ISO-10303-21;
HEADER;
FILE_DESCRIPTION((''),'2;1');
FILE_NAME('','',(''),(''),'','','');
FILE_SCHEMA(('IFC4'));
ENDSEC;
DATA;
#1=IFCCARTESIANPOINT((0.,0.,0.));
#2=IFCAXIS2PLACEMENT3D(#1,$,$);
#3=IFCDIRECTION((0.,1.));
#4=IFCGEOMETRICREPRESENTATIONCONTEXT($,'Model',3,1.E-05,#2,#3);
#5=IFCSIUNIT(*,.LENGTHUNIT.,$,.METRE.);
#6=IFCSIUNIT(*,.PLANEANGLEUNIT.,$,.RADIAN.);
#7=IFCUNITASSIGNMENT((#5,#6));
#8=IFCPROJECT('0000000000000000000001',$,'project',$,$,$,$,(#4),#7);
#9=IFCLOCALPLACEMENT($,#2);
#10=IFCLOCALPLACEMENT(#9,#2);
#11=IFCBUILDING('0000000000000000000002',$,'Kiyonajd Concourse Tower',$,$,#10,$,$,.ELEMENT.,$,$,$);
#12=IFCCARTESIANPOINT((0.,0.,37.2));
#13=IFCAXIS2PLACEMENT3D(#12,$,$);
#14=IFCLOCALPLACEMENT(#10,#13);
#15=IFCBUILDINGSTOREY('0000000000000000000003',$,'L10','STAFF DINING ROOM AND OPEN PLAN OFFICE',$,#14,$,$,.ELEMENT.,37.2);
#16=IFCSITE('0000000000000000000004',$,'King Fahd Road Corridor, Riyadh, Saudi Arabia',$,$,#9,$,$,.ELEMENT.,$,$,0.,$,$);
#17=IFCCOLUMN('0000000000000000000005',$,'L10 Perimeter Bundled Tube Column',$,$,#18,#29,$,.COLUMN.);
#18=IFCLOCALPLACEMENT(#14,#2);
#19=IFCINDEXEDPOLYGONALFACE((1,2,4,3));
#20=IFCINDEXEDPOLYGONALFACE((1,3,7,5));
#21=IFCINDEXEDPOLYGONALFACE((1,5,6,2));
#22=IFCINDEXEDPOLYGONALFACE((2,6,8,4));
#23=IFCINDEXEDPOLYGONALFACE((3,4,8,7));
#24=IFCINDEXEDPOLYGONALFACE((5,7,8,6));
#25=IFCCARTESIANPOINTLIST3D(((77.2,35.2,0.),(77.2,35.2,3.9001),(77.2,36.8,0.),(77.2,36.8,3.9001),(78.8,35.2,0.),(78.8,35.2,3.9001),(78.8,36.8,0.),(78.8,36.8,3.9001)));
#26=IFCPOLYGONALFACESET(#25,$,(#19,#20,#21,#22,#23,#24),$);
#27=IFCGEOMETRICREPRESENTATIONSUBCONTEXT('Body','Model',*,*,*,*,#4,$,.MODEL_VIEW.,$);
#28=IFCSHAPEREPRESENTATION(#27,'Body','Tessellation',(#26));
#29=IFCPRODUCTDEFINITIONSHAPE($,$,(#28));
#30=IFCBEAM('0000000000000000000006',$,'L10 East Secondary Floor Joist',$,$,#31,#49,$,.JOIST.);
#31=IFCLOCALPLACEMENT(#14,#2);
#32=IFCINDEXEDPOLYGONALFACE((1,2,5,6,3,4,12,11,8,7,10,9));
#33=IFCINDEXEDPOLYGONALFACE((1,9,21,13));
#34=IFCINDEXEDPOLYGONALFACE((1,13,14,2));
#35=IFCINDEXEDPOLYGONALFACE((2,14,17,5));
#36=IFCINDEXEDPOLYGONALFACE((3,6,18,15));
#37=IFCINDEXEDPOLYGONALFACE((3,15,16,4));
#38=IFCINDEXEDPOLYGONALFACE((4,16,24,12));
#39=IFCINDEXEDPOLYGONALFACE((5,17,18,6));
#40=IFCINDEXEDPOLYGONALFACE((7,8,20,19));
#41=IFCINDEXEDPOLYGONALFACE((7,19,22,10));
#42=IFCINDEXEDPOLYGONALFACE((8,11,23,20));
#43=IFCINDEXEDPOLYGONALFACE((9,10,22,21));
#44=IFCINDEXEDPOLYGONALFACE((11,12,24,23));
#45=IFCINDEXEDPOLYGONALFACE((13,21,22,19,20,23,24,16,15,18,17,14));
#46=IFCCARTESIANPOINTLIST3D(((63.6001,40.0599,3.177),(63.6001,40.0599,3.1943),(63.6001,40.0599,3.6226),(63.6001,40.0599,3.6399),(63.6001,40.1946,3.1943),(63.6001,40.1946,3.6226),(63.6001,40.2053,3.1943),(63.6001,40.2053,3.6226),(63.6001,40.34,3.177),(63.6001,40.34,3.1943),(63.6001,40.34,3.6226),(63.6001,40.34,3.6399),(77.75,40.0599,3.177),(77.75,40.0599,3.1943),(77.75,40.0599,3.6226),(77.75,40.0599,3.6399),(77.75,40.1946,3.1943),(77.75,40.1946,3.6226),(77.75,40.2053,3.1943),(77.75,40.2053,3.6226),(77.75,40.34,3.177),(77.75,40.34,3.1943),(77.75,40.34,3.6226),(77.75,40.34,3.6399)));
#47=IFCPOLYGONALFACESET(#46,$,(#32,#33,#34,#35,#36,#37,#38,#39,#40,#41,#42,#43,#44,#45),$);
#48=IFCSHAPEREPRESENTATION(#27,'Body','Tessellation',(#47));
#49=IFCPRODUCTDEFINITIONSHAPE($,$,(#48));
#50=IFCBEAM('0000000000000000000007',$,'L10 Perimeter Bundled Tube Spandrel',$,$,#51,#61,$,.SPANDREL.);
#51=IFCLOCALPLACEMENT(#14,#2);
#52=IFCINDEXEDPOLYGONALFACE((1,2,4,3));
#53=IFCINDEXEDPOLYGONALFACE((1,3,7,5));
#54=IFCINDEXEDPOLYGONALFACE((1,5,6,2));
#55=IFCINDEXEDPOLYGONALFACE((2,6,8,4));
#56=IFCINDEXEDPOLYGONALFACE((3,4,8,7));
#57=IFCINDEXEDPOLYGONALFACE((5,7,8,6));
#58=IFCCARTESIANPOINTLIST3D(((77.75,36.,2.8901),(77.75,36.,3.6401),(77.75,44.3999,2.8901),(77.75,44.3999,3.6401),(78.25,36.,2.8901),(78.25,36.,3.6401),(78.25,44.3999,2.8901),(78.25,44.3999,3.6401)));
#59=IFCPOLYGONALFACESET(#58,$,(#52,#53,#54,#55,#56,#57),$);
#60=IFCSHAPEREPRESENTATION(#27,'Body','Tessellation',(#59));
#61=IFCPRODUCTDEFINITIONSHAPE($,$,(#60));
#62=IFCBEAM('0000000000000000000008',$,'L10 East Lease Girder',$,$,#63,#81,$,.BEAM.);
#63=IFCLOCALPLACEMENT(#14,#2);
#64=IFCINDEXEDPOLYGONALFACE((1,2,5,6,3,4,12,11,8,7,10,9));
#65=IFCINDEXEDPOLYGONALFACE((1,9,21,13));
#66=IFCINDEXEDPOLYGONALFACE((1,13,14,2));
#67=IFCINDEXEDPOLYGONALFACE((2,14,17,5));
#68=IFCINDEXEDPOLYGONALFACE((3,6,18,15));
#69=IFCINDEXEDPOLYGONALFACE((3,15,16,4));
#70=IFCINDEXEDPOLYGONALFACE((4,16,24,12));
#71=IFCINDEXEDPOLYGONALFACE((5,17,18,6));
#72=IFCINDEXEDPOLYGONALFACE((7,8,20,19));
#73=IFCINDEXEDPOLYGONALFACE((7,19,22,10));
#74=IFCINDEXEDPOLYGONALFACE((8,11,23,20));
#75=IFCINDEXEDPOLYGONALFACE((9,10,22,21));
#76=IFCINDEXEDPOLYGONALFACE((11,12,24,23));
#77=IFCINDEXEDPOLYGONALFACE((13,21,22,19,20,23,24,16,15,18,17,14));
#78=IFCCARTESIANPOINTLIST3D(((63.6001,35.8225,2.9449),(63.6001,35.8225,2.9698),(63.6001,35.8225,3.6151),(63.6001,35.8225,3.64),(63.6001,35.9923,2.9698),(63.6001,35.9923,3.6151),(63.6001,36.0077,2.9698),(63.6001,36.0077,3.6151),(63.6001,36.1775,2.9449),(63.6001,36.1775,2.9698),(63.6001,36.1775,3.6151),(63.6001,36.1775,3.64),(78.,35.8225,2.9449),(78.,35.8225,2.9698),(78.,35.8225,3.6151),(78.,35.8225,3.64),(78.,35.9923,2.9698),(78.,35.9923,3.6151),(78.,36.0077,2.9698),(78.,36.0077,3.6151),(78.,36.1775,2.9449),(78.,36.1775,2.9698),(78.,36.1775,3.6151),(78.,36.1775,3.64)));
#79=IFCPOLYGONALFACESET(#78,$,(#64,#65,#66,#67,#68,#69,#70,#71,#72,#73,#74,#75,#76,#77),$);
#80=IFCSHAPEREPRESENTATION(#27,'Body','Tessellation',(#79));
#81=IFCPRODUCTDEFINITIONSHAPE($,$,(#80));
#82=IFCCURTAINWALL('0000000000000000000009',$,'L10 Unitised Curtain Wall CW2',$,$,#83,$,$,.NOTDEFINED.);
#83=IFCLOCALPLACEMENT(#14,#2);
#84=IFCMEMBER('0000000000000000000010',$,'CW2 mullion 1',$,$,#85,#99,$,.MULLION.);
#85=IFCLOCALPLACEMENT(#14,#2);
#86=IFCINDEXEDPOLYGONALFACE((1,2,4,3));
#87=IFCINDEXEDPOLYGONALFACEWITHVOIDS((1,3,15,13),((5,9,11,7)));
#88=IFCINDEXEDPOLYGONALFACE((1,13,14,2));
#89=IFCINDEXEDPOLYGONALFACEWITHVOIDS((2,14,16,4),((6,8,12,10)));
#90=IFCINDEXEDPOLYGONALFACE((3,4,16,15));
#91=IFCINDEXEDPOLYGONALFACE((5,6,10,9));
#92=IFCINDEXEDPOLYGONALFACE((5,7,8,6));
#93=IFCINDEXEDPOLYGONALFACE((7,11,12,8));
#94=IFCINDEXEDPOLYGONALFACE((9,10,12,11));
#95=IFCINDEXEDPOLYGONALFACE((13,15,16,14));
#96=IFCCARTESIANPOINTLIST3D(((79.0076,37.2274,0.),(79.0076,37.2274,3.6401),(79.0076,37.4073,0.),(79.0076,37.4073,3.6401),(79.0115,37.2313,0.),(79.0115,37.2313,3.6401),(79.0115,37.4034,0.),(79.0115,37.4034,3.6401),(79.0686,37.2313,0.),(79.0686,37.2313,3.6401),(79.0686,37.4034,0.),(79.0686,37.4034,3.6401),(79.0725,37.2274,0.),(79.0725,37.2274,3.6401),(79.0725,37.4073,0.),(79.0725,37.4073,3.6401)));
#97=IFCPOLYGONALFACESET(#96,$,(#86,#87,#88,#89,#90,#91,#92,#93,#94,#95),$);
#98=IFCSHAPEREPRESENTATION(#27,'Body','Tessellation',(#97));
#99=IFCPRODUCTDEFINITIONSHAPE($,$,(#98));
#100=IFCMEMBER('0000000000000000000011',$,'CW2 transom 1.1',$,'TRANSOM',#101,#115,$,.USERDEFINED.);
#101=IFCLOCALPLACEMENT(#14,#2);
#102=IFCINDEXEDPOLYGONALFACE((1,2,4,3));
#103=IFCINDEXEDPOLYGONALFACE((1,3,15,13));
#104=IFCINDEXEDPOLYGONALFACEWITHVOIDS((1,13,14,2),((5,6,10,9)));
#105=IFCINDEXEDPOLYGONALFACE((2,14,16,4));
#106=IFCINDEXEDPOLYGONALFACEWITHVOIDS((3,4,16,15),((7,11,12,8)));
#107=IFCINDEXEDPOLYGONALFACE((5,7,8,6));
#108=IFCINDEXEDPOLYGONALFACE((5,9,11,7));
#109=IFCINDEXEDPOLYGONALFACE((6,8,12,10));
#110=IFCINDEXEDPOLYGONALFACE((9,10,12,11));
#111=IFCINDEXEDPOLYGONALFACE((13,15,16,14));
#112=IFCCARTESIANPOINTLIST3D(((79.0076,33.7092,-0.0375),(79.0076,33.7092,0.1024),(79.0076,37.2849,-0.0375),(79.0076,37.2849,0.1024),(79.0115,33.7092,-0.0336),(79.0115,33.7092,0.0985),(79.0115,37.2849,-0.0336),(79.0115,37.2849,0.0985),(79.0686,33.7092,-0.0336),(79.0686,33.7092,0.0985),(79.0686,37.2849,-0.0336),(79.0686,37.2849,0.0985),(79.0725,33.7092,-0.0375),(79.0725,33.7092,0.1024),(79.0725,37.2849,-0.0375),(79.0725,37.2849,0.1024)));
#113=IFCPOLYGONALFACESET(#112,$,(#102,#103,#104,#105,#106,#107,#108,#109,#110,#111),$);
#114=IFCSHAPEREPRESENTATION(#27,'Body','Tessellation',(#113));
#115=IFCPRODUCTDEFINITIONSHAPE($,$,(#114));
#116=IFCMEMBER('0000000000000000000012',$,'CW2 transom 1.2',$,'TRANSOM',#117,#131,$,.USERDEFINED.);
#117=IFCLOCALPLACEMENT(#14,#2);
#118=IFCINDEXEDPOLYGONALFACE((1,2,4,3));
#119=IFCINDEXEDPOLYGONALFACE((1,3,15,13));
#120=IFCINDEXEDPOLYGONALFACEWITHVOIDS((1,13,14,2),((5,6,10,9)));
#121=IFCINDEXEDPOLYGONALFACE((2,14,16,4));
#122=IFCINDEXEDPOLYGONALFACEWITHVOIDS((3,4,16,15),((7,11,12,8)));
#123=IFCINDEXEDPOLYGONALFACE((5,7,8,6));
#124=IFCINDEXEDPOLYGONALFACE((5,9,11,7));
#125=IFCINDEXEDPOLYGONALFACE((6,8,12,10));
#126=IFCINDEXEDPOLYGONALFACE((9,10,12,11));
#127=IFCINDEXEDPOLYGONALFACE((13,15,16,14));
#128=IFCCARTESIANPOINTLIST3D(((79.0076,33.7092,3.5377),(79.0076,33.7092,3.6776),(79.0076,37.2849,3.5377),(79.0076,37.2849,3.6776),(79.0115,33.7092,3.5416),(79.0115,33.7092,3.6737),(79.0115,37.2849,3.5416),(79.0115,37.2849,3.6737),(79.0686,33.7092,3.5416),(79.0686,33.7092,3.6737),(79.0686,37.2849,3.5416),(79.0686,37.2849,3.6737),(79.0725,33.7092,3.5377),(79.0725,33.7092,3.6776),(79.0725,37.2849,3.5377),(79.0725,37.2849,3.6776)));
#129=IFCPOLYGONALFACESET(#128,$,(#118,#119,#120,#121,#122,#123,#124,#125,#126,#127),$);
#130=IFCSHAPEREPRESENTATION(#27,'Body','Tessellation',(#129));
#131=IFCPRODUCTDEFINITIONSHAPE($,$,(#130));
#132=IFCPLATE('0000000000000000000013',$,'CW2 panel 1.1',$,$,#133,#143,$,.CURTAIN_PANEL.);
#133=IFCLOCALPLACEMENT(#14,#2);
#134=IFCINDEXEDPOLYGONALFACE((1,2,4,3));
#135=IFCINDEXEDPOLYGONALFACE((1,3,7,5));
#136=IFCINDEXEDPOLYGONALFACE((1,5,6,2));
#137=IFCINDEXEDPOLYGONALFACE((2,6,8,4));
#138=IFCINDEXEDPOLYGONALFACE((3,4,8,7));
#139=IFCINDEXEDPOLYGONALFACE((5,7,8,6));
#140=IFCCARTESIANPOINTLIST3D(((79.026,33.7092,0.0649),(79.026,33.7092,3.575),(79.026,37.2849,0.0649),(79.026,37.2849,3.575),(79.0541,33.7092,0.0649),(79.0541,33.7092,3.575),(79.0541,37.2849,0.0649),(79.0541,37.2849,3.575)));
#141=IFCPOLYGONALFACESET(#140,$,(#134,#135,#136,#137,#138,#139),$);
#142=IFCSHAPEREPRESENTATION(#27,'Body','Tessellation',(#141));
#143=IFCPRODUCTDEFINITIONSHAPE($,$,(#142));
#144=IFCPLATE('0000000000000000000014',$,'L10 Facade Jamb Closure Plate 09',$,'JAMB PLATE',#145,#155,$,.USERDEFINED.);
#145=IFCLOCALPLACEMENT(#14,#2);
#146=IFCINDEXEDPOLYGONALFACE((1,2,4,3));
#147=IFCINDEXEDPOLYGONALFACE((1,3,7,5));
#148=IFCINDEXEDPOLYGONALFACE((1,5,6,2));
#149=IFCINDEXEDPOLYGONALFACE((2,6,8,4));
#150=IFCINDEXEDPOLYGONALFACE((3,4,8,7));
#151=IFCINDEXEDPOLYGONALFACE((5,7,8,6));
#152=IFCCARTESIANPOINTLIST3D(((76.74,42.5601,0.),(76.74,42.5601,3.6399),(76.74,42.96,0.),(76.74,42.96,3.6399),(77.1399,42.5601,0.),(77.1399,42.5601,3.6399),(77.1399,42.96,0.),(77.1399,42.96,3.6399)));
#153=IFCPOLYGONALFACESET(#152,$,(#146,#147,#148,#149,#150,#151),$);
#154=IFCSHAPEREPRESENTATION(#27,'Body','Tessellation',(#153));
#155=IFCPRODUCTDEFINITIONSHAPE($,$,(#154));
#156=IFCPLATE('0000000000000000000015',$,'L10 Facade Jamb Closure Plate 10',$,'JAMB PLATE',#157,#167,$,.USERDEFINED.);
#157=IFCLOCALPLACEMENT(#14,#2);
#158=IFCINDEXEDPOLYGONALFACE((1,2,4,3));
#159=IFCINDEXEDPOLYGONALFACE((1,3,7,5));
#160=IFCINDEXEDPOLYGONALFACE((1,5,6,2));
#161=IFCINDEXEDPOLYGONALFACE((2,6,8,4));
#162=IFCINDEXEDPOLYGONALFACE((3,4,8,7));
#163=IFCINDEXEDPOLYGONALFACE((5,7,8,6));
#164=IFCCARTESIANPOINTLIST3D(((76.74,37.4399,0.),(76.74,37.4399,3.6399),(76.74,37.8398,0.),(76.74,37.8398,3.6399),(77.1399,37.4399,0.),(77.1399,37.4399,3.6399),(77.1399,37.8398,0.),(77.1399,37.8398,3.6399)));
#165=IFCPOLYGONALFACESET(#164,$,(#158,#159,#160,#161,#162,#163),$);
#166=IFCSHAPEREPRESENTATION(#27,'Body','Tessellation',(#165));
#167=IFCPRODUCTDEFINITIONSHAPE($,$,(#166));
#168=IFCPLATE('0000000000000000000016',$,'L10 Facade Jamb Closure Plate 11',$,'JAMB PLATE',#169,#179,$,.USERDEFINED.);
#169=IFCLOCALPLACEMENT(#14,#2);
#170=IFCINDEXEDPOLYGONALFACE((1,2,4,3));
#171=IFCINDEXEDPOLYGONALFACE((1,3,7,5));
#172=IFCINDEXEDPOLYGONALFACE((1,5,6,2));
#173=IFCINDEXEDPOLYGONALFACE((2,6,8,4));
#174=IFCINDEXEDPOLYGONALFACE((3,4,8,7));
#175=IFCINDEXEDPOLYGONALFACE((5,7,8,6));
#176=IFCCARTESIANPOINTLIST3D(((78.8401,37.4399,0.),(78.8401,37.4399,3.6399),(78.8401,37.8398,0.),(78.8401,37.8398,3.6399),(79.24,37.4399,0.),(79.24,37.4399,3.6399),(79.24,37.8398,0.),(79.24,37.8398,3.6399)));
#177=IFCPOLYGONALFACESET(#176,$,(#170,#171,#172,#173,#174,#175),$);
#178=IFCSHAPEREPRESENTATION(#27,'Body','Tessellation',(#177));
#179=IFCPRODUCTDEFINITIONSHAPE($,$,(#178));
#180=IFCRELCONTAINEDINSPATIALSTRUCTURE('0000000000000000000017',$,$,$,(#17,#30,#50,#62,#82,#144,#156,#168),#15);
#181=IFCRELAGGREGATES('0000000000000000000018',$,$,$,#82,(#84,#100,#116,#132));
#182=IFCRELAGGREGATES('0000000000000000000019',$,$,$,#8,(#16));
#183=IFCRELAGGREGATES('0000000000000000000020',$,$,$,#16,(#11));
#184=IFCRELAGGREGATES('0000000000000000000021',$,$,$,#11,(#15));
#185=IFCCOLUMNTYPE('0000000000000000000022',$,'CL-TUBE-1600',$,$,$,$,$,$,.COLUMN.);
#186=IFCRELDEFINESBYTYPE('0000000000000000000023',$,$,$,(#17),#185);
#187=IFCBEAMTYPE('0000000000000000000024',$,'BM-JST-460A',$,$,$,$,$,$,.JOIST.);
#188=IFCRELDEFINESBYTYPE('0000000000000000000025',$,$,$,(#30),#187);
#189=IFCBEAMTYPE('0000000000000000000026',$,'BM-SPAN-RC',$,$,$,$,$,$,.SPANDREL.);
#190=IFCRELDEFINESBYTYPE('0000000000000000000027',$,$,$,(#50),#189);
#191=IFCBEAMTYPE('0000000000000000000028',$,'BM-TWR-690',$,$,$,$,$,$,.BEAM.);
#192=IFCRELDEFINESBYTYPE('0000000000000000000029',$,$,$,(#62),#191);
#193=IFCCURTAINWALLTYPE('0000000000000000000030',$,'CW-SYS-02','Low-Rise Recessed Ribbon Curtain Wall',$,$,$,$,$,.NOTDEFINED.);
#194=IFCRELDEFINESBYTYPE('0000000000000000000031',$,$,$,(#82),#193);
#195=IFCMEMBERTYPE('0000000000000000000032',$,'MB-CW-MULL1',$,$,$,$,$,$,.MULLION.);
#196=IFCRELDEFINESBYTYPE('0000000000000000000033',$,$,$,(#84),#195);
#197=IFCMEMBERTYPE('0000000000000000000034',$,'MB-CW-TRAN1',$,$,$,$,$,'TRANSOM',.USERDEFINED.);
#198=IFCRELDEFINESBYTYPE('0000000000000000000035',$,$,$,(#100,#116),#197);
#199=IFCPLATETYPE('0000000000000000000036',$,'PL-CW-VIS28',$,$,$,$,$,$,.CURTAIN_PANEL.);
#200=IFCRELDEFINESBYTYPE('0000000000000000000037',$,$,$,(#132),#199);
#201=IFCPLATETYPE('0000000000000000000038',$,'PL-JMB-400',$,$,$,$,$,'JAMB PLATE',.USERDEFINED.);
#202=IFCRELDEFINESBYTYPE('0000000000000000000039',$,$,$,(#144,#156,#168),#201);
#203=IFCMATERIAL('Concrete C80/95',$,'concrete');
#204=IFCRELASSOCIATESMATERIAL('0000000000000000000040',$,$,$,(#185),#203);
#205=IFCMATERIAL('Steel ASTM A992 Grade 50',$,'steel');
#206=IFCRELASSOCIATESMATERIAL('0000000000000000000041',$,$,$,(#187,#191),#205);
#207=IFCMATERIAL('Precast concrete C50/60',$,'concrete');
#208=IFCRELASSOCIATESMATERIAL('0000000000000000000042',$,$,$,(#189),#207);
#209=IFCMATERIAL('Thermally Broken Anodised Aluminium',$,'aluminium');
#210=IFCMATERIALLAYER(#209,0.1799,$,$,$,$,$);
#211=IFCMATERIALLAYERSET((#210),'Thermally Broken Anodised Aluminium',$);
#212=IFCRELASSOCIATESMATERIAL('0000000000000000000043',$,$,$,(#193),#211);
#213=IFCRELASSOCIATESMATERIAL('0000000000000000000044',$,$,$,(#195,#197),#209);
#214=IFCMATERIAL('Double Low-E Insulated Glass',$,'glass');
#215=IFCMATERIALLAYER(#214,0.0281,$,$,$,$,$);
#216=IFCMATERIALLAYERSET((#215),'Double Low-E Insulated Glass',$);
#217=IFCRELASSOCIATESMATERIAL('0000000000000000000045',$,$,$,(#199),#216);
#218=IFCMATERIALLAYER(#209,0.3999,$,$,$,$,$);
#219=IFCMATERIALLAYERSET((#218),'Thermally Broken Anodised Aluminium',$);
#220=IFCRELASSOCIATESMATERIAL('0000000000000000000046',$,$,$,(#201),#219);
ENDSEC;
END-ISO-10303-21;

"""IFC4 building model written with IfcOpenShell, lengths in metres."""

from ifc_helpers import new_model, si_unit, direction, frame, origin, origin_2d, place, context, subcontext, project, spatial, rectangle, hollow_rectangle, i_section, extrude, material, layer, layer_set, material_profile, profile_set, type_object, element, aggregate, save


model = new_model("IFC4")

# Units and contexts
model_context = context("Model", 3, precision=1e-05, world=origin(), true_north=direction((0.0, 1.0)))
body_context = subcontext(model_context, "Body", "Model", "MODEL_VIEW")
ifc_project = project(units=[si_unit("LENGTHUNIT", "METRE"), si_unit("PLANEANGLEUNIT", "RADIAN")], contexts=[model_context])

# Site, building, storey
site_placement = place(None, origin())
site = spatial("IfcSite", under=ifc_project, at=site_placement, Name="King Fahd Road Corridor, Riyadh, Saudi Arabia", CompositionType="ELEMENT", RefElevation=0.0)
building_placement = place(site_placement, origin())
building = spatial("IfcBuilding", under=site, at=building_placement, Name="Kiyonajd Concourse Tower", CompositionType="ELEMENT")
storey_placement = place(building_placement, frame((0.0, 0.0, 37.2)))
storey = spatial("IfcBuildingStorey", under=building, at=storey_placement, Name="L10", Description="STAFF DINING ROOM AND OPEN PLAN OFFICE", CompositionType="ELEMENT", Elevation=37.2)

# Column
ifc_material_1 = material(Name="Concrete C80/95", Category="concrete")
ifc_material_profile_1 = material_profile(ifc_material_1, rectangle(XDim=1.6001, YDim=1.6001, at=origin_2d()), Name="RC-1600x1600")
ifc_profile_set_1 = profile_set([ifc_material_profile_1], Name="Concrete C80/95")
column_type = type_object("IfcColumnType", Name="CL-TUBE-1600", PredefinedType="COLUMN", material=ifc_profile_set_1)
column_placement = place(storey_placement, frame((78.0, 36.0, 0.0), z_axis=(0.0, 0.0, 1.0), x_axis=(1.0, 0.0, 0.0)))
element("IfcColumn", 1, at=column_placement, inside=storey, type_object=column_type, Name="L10 Perimeter Bundled Tube Column", PredefinedType="COLUMN", context=body_context, shape_type="SweptSolid", body=[
    extrude(rectangle(XDim=1.6001, YDim=1.6001, at=origin_2d()), origin(), (0.0, 0.0, 1.0), 3.9001),
])

# Beams
ifc_material_2 = material(Name="Steel ASTM A992 Grade 50", Category="steel")
ifc_material_profile_2 = material_profile(ifc_material_2, i_section(OverallWidth=0.28, OverallDepth=0.4629, WebThickness=0.0107, FlangeThickness=0.0173, at=origin_2d()), Name="W460X113")
ifc_profile_set_2 = profile_set([ifc_material_profile_2], Name="Steel ASTM A992 Grade 50")
beam_type_1 = type_object("IfcBeamType", Name="BM-JST-460A", PredefinedType="JOIST", material=ifc_profile_set_2)
beam_1_placement = place(storey_placement, frame((63.6001, 40.2, 3.4084), z_axis=(1.0, 0.0, 0.0), x_axis=(0.0, 1.0, 0.0)))
element("IfcBeam", 2, at=beam_1_placement, inside=storey, type_object=beam_type_1, Name="L10 East Secondary Floor Joist", PredefinedType="JOIST", context=body_context, shape_type="SweptSolid", body=[
    extrude(i_section(OverallWidth=0.28, OverallDepth=0.4629, WebThickness=0.0107, FlangeThickness=0.0173, at=origin_2d()), origin(), (0.0, 0.0, 1.0), 14.1499),
])
ifc_material_3 = material(Name="Precast concrete C50/60", Category="concrete")
ifc_material_profile_3 = material_profile(ifc_material_3, rectangle(XDim=0.5, YDim=0.75, at=origin_2d()), Name="RCBM-500x750")
ifc_profile_set_3 = profile_set([ifc_material_profile_3], Name="Precast concrete C50/60")
beam_type_2 = type_object("IfcBeamType", Name="BM-SPAN-RC", PredefinedType="SPANDREL", material=ifc_profile_set_3)
beam_2_placement = place(storey_placement, frame((78.0, 36.0, 3.2651), z_axis=(0.0, 1.0, 0.0), x_axis=(-1.0, 0.0, 0.0)))
element("IfcBeam", 3, at=beam_2_placement, inside=storey, type_object=beam_type_2, Name="L10 Perimeter Bundled Tube Spandrel", PredefinedType="SPANDREL", context=body_context, shape_type="SweptSolid", body=[
    extrude(rectangle(XDim=0.5, YDim=0.75, at=origin_2d()), origin(), (0.0, 0.0, 1.0), 8.3999),
])
ifc_material_profile_4 = material_profile(ifc_material_2, i_section(OverallWidth=0.355, OverallDepth=0.6951, WebThickness=0.0154, FlangeThickness=0.0249, at=origin_2d()), Name="W690X217")
ifc_profile_set_4 = profile_set([ifc_material_profile_4], Name="Steel ASTM A992 Grade 50")
beam_type_3 = type_object("IfcBeamType", Name="BM-TWR-690", PredefinedType="BEAM", material=ifc_profile_set_4)
beam_3_placement = place(storey_placement, frame((63.6001, 36.0, 3.2925), z_axis=(1.0, 0.0, 0.0), x_axis=(0.0, 1.0, 0.0)))
element("IfcBeam", 4, at=beam_3_placement, inside=storey, type_object=beam_type_3, Name="L10 East Lease Girder", PredefinedType="BEAM", context=body_context, shape_type="SweptSolid", body=[
    extrude(i_section(OverallWidth=0.355, OverallDepth=0.6951, WebThickness=0.0154, FlangeThickness=0.0249, at=origin_2d()), origin(), (0.0, 0.0, 1.0), 14.3999),
])

# Curtain wall, members, plate
ifc_material_4 = material(Name="Thermally Broken Anodised Aluminium", Category="aluminium")
ifc_layer_1 = layer(ifc_material_4, 0.1799)
ifc_layer_set_1 = layer_set([ifc_layer_1], Name="Thermally Broken Anodised Aluminium")
curtain_wall_type = type_object("IfcCurtainWallType", Name="CW-SYS-02", Description="Low-Rise Recessed Ribbon Curtain Wall", PredefinedType="NOTDEFINED", material=ifc_layer_set_1)
curtain_wall_placement = place(storey_placement, origin())
curtain_wall = element("IfcCurtainWall", 5, at=curtain_wall_placement, inside=storey, type_object=curtain_wall_type, Name="L10 Unitised Curtain Wall CW2", PredefinedType="NOTDEFINED")
ifc_material_profile_5 = material_profile(ifc_material_4, hollow_rectangle(XDim=0.0649, YDim=0.1799, WallThickness=0.0039, at=origin_2d()), Name="MULL-65x180")
ifc_profile_set_5 = profile_set([ifc_material_profile_5], Name="Thermally Broken Anodised Aluminium")
member_type_1 = type_object("IfcMemberType", Name="MB-CW-MULL1", PredefinedType="MULLION", material=ifc_profile_set_5)
member_1_placement = place(storey_placement, frame((79.04, 37.3174, 0.0), z_axis=(0.0, 0.0, 1.0), x_axis=(1.0, 0.0, 0.0)))
member_1 = element("IfcMember", 6, at=member_1_placement, type_object=member_type_1, Name="CW2 mullion 1", PredefinedType="MULLION", context=body_context, shape_type="SweptSolid", body=[
    extrude(hollow_rectangle(XDim=0.0649, YDim=0.1799, WallThickness=0.0039, at=origin_2d()), origin(), (0.0, 0.0, 1.0), 3.6401),
])
ifc_material_profile_6 = material_profile(ifc_material_4, hollow_rectangle(XDim=0.0649, YDim=0.1399, WallThickness=0.0039, at=origin_2d()), Name="TRAN-65x140")
ifc_profile_set_6 = profile_set([ifc_material_profile_6], Name="Thermally Broken Anodised Aluminium")
member_type_2 = type_object("IfcMemberType", Name="MB-CW-TRAN1", ElementType="TRANSOM", PredefinedType="USERDEFINED", material=ifc_profile_set_6)
member_2_placement = place(storey_placement, frame((79.04, 37.2849, 0.0325), z_axis=(0.0, -1.0, 0.0), x_axis=(1.0, 0.0, 0.0)))
member_2 = element("IfcMember", 7, at=member_2_placement, type_object=member_type_2, Name="CW2 transom 1.1", ObjectType="TRANSOM", PredefinedType="USERDEFINED", context=body_context, shape_type="SweptSolid", body=[
    extrude(hollow_rectangle(XDim=0.0649, YDim=0.1399, WallThickness=0.0039, at=origin_2d()), origin(), (0.0, 0.0, 1.0), 3.5757),
])
member_3_placement = place(storey_placement, frame((79.04, 37.2849, 3.6077), z_axis=(0.0, -1.0, 0.0), x_axis=(1.0, 0.0, 0.0)))
member_3 = element("IfcMember", 8, at=member_3_placement, type_object=member_type_2, Name="CW2 transom 1.2", ObjectType="TRANSOM", PredefinedType="USERDEFINED", context=body_context, shape_type="SweptSolid", body=[
    extrude(hollow_rectangle(XDim=0.0649, YDim=0.1399, WallThickness=0.0039, at=origin_2d()), origin(), (0.0, 0.0, 1.0), 3.5757),
])
ifc_material_5 = material(Name="Double Low-E Insulated Glass", Category="glass")
ifc_layer_2 = layer(ifc_material_5, 0.0281)
ifc_layer_set_2 = layer_set([ifc_layer_2], Name="Double Low-E Insulated Glass")
plate_type_1 = type_object("IfcPlateType", Name="PL-CW-VIS28", PredefinedType="CURTAIN_PANEL", material=ifc_layer_set_2)
plate_placement = place(storey_placement, frame((79.04, 35.4971, 0.0649), z_axis=(0.0, 0.0, 1.0), x_axis=(0.0, -1.0, 0.0)))
plate = element("IfcPlate", 9, at=plate_placement, type_object=plate_type_1, Name="CW2 panel 1.1", PredefinedType="CURTAIN_PANEL", context=body_context, shape_type="SweptSolid", body=[
    extrude(rectangle(XDim=3.5757, YDim=0.0281, at=origin_2d()), origin(), (0.0, 0.0, 1.0), 3.51),
])
aggregate(curtain_wall, [member_1, member_2, member_3, plate])

# Plates
ifc_layer_3 = layer(ifc_material_4, 0.3999)
ifc_layer_set_3 = layer_set([ifc_layer_3], Name="Thermally Broken Anodised Aluminium")
plate_type_2 = type_object("IfcPlateType", Name="PL-JMB-400", ElementType="JAMB PLATE", PredefinedType="USERDEFINED", material=ifc_layer_set_3)
for number, where, z_axis, x_axis, name in (
    (10, (76.9399, 42.76, 0.0), (0.0, 0.0, 1.0), (1.0, 0.0, 0.0), "L10 Facade Jamb Closure Plate 09"),
    (11, (76.9399, 37.6399, 0.0), (0.0, 0.0, 1.0), (1.0, 0.0, 0.0), "L10 Facade Jamb Closure Plate 10"),
    (12, (79.04, 37.6399, 0.0), (0.0, 0.0, 1.0), (1.0, 0.0, 0.0), "L10 Facade Jamb Closure Plate 11"),
):
    element("IfcPlate", number, at=place(storey_placement, frame(where, z_axis=z_axis, x_axis=x_axis)), inside=storey, type_object=plate_type_2, Name=name, ObjectType="JAMB PLATE", PredefinedType="USERDEFINED", context=body_context, shape_type="SweptSolid", body=[
        extrude(rectangle(XDim=0.3999, YDim=0.3999, at=origin_2d()), origin(), (0.0, 0.0, 1.0), 3.6399),
    ])

save(model, "model.ifc")
